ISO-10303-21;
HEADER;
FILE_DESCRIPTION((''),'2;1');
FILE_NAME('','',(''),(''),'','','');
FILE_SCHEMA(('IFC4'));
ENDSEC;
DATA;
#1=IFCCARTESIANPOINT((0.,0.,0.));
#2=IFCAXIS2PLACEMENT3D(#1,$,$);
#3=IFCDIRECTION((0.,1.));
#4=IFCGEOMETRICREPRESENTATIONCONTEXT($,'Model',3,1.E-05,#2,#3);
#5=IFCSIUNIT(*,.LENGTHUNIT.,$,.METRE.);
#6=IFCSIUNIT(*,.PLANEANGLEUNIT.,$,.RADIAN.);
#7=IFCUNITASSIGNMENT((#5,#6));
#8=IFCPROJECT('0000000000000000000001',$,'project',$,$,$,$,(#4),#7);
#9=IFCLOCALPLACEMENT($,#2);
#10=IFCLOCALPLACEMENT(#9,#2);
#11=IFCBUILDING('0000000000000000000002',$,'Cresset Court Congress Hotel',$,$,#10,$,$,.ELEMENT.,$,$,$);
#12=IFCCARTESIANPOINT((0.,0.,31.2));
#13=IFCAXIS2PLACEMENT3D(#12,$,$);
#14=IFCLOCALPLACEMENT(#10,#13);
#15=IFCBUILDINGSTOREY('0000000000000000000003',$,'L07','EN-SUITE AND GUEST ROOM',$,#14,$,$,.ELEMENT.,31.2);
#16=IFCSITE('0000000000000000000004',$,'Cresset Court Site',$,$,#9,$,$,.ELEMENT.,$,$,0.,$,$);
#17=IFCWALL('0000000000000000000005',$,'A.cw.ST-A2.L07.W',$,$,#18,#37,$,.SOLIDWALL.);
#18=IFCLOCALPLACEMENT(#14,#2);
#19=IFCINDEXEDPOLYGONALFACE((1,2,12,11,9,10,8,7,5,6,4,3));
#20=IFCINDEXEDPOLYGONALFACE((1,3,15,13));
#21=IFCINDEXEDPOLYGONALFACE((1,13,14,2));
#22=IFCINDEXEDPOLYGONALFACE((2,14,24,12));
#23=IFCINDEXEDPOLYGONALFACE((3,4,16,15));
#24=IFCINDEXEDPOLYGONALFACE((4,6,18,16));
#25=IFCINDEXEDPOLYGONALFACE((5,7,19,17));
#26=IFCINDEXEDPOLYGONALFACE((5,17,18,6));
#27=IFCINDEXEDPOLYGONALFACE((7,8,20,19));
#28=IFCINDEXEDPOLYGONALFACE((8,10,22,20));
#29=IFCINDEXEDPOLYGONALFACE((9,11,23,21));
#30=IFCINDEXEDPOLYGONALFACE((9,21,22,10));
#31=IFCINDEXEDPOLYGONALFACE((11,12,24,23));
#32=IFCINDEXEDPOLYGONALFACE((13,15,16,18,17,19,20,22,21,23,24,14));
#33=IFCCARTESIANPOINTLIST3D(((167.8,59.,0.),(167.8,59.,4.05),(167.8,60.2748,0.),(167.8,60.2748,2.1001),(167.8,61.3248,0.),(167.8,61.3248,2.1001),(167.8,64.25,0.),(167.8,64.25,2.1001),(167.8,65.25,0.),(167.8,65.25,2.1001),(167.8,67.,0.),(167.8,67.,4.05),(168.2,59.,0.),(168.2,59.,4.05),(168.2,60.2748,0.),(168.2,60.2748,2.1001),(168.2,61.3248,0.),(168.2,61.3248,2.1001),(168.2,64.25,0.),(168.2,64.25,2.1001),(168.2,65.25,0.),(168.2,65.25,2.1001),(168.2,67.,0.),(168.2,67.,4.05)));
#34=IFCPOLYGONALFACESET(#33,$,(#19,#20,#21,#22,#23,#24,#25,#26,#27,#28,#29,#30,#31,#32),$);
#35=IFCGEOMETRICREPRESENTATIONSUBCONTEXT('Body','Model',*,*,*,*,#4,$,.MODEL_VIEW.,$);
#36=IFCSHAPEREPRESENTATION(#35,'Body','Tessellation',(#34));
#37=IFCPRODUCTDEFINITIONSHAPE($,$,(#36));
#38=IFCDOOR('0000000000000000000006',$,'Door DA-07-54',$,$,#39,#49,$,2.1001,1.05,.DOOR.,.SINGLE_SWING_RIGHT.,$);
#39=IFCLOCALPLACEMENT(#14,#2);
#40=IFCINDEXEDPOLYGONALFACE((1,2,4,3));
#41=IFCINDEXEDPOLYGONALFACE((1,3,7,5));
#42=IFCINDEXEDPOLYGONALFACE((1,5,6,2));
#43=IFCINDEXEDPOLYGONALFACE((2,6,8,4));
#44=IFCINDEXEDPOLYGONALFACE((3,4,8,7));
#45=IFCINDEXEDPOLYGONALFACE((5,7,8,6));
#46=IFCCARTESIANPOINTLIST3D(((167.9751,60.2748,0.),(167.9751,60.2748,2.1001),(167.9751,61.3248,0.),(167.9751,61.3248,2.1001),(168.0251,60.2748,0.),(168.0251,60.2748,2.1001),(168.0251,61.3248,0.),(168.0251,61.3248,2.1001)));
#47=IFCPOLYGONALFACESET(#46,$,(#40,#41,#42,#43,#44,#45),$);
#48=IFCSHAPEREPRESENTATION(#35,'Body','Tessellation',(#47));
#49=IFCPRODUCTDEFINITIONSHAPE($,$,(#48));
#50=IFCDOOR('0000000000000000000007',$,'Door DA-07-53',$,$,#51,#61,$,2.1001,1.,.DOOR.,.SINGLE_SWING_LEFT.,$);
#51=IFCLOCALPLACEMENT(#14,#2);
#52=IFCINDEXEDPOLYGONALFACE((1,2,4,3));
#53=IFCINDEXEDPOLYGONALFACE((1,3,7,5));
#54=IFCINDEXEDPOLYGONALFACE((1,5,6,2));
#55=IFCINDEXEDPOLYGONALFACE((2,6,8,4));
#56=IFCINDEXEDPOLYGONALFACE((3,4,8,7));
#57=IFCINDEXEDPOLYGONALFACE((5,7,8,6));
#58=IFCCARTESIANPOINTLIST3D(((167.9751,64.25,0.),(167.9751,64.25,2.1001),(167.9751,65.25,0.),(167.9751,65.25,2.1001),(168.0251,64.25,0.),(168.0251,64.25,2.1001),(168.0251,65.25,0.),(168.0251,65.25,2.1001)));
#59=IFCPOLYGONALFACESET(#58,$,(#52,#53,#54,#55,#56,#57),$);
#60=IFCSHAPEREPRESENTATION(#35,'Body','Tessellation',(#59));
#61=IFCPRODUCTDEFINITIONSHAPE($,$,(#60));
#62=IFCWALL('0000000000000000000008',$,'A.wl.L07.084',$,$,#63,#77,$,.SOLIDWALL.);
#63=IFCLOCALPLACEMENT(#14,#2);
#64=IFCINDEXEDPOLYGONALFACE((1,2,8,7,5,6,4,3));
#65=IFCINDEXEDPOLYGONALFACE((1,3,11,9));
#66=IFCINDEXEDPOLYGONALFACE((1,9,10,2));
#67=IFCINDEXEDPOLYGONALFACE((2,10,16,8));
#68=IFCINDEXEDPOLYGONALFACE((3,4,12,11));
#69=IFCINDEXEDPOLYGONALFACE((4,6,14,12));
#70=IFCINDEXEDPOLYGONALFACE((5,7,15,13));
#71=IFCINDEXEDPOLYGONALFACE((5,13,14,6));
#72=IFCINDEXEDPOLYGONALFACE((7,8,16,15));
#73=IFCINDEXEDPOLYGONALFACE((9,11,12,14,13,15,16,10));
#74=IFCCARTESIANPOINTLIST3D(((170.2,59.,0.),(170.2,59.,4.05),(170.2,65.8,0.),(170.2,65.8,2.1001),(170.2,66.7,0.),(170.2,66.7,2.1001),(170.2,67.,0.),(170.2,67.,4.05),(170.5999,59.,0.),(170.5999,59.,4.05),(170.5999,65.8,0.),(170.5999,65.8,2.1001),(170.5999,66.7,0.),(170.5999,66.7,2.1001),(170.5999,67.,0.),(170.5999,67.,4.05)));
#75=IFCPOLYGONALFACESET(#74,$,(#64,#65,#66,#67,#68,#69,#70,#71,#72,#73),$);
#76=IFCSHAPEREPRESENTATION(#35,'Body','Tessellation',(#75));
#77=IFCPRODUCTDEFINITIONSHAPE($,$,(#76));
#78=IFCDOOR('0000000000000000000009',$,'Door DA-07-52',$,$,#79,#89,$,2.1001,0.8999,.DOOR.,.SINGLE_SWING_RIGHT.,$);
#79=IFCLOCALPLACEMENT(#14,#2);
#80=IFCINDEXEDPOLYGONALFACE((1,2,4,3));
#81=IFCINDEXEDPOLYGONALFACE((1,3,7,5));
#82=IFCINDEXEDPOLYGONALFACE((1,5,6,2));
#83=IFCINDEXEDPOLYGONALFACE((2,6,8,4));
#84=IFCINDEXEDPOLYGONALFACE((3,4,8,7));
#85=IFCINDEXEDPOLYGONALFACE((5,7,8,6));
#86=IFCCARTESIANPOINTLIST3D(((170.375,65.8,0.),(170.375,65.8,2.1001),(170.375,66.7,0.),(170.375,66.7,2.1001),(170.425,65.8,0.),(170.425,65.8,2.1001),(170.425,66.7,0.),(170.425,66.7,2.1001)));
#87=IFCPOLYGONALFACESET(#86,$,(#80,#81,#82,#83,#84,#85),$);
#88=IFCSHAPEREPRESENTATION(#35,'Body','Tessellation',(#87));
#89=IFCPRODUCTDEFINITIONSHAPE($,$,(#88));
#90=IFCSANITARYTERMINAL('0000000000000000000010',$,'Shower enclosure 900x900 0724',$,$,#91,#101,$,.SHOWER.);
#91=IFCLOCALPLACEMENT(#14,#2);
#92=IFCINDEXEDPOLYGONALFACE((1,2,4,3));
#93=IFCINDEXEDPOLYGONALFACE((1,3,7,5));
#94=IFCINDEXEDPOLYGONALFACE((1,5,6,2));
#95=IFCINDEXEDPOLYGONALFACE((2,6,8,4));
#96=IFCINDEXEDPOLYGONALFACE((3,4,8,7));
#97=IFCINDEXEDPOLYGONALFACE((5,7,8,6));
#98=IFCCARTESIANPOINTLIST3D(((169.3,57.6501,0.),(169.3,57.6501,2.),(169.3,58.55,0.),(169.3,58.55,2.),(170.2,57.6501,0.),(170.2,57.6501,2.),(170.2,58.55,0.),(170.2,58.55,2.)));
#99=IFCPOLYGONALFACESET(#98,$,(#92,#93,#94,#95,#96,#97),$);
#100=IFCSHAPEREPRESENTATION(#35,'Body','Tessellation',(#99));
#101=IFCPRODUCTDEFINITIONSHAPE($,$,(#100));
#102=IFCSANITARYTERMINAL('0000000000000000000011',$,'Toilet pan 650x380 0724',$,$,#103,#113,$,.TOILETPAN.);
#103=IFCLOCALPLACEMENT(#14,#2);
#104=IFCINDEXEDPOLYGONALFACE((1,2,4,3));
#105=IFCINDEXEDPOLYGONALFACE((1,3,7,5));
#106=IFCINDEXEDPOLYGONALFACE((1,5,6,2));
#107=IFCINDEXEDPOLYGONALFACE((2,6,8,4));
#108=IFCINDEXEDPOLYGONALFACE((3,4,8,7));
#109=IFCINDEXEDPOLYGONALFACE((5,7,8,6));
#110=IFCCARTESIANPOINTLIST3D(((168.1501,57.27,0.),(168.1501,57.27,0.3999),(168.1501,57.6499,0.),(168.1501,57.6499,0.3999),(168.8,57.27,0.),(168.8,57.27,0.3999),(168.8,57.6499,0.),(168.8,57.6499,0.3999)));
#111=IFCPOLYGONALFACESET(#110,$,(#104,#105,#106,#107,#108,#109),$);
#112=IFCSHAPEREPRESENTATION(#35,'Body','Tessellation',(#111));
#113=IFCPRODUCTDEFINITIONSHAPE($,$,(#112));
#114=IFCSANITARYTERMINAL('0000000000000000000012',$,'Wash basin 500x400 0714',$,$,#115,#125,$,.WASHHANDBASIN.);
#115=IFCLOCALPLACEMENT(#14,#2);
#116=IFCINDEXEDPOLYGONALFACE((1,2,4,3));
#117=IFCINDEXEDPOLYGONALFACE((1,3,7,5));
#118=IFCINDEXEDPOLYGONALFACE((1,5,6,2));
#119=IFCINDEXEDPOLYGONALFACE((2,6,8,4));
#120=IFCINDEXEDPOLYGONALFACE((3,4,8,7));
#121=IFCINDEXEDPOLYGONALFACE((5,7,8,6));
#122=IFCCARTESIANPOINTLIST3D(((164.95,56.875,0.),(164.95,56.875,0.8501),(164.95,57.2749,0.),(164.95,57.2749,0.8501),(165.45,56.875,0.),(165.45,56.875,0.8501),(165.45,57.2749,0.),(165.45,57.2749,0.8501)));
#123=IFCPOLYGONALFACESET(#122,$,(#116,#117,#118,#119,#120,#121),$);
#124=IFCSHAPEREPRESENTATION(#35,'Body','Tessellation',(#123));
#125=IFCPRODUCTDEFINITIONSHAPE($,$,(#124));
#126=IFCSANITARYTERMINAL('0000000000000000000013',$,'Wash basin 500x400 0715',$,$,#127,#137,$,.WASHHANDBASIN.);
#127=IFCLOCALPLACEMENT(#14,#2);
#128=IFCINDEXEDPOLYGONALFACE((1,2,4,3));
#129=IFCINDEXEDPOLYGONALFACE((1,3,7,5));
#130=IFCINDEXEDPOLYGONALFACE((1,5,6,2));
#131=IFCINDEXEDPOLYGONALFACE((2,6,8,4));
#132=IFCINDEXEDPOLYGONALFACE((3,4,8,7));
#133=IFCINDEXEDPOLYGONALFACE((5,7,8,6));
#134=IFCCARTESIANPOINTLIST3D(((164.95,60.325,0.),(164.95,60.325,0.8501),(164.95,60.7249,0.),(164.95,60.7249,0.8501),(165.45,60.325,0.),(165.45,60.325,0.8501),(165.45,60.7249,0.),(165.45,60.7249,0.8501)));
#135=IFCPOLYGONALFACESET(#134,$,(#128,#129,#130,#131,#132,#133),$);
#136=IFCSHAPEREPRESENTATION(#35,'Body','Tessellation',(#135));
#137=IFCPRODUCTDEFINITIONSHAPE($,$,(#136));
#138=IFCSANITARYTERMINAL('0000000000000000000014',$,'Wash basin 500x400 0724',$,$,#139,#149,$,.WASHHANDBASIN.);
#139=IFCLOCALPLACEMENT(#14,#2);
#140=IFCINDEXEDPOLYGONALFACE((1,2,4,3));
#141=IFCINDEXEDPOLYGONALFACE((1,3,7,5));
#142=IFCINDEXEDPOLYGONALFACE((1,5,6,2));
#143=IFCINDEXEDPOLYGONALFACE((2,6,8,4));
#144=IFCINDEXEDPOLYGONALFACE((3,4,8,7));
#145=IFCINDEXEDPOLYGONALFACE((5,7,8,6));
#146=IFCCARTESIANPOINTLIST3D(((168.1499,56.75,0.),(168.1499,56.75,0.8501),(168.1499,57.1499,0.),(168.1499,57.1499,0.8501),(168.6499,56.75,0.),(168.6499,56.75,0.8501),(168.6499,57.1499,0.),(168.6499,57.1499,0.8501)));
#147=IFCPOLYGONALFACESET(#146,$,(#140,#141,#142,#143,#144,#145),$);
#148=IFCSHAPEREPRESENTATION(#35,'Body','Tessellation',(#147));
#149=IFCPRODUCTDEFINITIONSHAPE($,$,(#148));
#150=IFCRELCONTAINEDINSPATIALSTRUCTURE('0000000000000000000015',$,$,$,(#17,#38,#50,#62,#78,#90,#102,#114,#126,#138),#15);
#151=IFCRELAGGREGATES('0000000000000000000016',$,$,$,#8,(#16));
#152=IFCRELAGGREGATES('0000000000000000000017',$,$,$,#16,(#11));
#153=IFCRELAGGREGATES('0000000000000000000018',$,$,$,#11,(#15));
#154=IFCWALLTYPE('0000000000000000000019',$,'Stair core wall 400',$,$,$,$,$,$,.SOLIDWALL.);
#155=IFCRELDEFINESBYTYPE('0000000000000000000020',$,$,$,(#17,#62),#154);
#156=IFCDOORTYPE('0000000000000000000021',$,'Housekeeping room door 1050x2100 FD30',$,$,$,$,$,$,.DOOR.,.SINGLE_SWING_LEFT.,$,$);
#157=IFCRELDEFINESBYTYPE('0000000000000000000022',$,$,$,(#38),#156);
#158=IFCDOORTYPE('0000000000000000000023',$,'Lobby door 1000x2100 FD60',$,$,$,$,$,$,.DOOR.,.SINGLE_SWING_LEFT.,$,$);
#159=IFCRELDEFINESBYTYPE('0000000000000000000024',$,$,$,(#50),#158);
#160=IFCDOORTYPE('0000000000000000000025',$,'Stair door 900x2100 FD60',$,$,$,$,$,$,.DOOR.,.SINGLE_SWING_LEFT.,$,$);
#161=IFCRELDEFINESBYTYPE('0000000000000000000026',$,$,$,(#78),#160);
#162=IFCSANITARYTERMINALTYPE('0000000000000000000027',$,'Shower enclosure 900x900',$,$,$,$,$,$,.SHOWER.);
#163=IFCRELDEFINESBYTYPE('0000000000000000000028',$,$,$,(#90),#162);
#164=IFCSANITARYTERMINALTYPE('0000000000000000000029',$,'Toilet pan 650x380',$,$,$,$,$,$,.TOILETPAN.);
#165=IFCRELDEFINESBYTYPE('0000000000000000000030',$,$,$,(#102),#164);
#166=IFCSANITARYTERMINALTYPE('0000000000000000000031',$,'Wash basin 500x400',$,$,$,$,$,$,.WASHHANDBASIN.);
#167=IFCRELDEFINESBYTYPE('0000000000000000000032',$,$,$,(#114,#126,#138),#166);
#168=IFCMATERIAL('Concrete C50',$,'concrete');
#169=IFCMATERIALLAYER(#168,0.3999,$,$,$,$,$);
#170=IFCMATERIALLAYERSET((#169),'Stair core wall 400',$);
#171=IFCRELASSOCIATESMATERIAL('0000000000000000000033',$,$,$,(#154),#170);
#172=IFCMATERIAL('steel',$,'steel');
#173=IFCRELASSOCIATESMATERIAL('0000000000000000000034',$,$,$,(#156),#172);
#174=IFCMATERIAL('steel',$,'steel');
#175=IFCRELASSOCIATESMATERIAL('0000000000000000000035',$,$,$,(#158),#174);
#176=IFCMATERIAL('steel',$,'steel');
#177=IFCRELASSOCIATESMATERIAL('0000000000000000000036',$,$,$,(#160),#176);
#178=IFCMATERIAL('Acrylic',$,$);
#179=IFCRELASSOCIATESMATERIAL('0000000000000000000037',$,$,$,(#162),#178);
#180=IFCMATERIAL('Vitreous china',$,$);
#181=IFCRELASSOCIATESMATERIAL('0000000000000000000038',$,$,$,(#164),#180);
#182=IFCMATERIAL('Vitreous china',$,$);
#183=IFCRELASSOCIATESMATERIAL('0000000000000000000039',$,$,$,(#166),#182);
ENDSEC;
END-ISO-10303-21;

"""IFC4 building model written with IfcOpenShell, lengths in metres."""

from ifc_helpers import new_model, si_unit, direction, frame, frame_2d, origin, origin_2d, place, context, subcontext, project, spatial, rectangle, extrude, material, layer, layer_set, type_object, element, fill, save


model = new_model("IFC4")

# Units and contexts
model_context = context("Model", 3, precision=1e-05, world=origin(), true_north=direction((0.0, 1.0)))
body_context = subcontext(model_context, "Body", "Model", "MODEL_VIEW")
ifc_project = project(units=[si_unit("LENGTHUNIT", "METRE"), si_unit("PLANEANGLEUNIT", "RADIAN")], contexts=[model_context])

# Site, building, storey
site_placement = place(None, origin())
site = spatial("IfcSite", under=ifc_project, at=site_placement, Name="Cresset Court Site", CompositionType="ELEMENT", RefElevation=0.0)
building_placement = place(site_placement, origin())
building = spatial("IfcBuilding", under=site, at=building_placement, Name="Cresset Court Congress Hotel", CompositionType="ELEMENT")
storey_placement = place(building_placement, frame((0.0, 0.0, 31.2)))
storey = spatial("IfcBuildingStorey", under=building, at=storey_placement, Name="L07", Description="EN-SUITE AND GUEST ROOM", CompositionType="ELEMENT", Elevation=31.2)

# Shared definitions
ifc_material_1 = material(Name="Concrete C50", Category="concrete")
ifc_layer_1 = layer(ifc_material_1, 0.3999)
ifc_layer_set_1 = layer_set([ifc_layer_1], Name="Stair core wall 400")
wall_type_1 = type_object("IfcWallType", Name="Stair core wall 400", PredefinedType="SOLIDWALL", material=ifc_layer_set_1)

# Wall, openings, doors
wall_1_placement = place(storey_placement, frame((168.0, 59.0, 0.0), z_axis=(0.0, 0.0, 1.0), x_axis=(0.0, 1.0, 0.0)))
wall_1 = element("IfcWall", 1, at=wall_1_placement, inside=storey, type_object=wall_type_1, Name="A.cw.ST-A2.L07.W", PredefinedType="SOLIDWALL", context=body_context, shape_type="SweptSolid", body=[
    extrude(rectangle(XDim=8.0, YDim=0.3999, at=frame_2d((4.0, 0.0))), origin(), (0.0, 0.0, 1.0), 4.05),
])
opening_1_placement = place(wall_1_placement, frame((5.25, 0.0, 0.0)))
opening_1 = element("IfcOpeningElement", 2, at=opening_1_placement, cuts=wall_1, PredefinedType="OPENING", context=body_context, shape_type="SweptSolid", body=[
    extrude(rectangle(XDim=1.0, YDim=2.1001, at=frame_2d((0.5, 1.05))), frame((0.0, 0.21, 0.0), z_axis=(0.0, -1.0, 0.0), x_axis=(1.0, 0.0, 0.0)), (0.0, 0.0, 1.0), 0.4199),
])
opening_2_placement = place(wall_1_placement, frame((1.2749, 0.0, 0.0)))
opening_2 = element("IfcOpeningElement", 3, at=opening_2_placement, cuts=wall_1, PredefinedType="OPENING", context=body_context, shape_type="SweptSolid", body=[
    extrude(rectangle(XDim=1.05, YDim=2.1001, at=frame_2d((0.5249, 1.05))), frame((0.0, 0.21, 0.0), z_axis=(0.0, -1.0, 0.0), x_axis=(1.0, 0.0, 0.0)), (0.0, 0.0, 1.0), 0.4199),
])
ifc_material_2 = material(Name="steel", Category="steel")
door_type_1 = type_object("IfcDoorType", Name="Housekeeping room door 1050x2100 FD30", OperationType="SINGLE_SWING_LEFT", PredefinedType="DOOR", material=ifc_material_2)
door_1_placement = place(opening_2_placement, origin())
door_1 = element("IfcDoor", 4, at=door_1_placement, inside=storey, type_object=door_type_1, Name="Door DA-07-54", OperationType="SINGLE_SWING_RIGHT", OverallHeight=2.1001, OverallWidth=1.05, PredefinedType="DOOR", context=body_context, shape_type="SweptSolid", body=[
    extrude(rectangle(XDim=1.05, YDim=2.1001, at=frame_2d((0.5249, 1.05))), frame((0.0, 0.0249, 0.0), z_axis=(0.0, -1.0, 0.0), x_axis=(1.0, 0.0, 0.0)), (0.0, 0.0, 1.0), 0.05),
])
fill(opening_2, door_1)
ifc_material_3 = material(Name="steel", Category="steel")
door_type_2 = type_object("IfcDoorType", Name="Lobby door 1000x2100 FD60", OperationType="SINGLE_SWING_LEFT", PredefinedType="DOOR", material=ifc_material_3)
door_2_placement = place(opening_1_placement, origin())
door_2 = element("IfcDoor", 5, at=door_2_placement, inside=storey, type_object=door_type_2, Name="Door DA-07-53", OperationType="SINGLE_SWING_LEFT", OverallHeight=2.1001, OverallWidth=1.0, PredefinedType="DOOR", context=body_context, shape_type="SweptSolid", body=[
    extrude(rectangle(XDim=1.0, YDim=2.1001, at=frame_2d((0.5, 1.05))), frame((0.0, 0.0249, 0.0), z_axis=(0.0, -1.0, 0.0), x_axis=(1.0, 0.0, 0.0)), (0.0, 0.0, 1.0), 0.05),
])
fill(opening_1, door_2)

# Wall, opening, door
wall_2_placement = place(storey_placement, frame((170.3999, 59.0, 0.0), z_axis=(0.0, 0.0, 1.0), x_axis=(0.0, 1.0, 0.0)))
wall_2 = element("IfcWall", 6, at=wall_2_placement, inside=storey, type_object=wall_type_1, Name="A.wl.L07.084", PredefinedType="SOLIDWALL", context=body_context, shape_type="SweptSolid", body=[
    extrude(rectangle(XDim=8.0, YDim=0.3999, at=frame_2d((4.0, 0.0))), origin(), (0.0, 0.0, 1.0), 4.05),
])
opening_3_placement = place(wall_2_placement, frame((6.8, 0.0, 0.0)))
opening_3 = element("IfcOpeningElement", 7, at=opening_3_placement, cuts=wall_2, PredefinedType="OPENING", context=body_context, shape_type="SweptSolid", body=[
    extrude(rectangle(XDim=0.8999, YDim=2.1001, at=frame_2d((0.45, 1.05))), frame((0.0, 0.21, 0.0), z_axis=(0.0, -1.0, 0.0), x_axis=(1.0, 0.0, 0.0)), (0.0, 0.0, 1.0), 0.4199),
])
ifc_material_4 = material(Name="steel", Category="steel")
door_type_3 = type_object("IfcDoorType", Name="Stair door 900x2100 FD60", OperationType="SINGLE_SWING_LEFT", PredefinedType="DOOR", material=ifc_material_4)
door_3_placement = place(opening_3_placement, origin())
door_3 = element("IfcDoor", 8, at=door_3_placement, inside=storey, type_object=door_type_3, Name="Door DA-07-52", OperationType="SINGLE_SWING_RIGHT", OverallHeight=2.1001, OverallWidth=0.8999, PredefinedType="DOOR", context=body_context, shape_type="SweptSolid", body=[
    extrude(rectangle(XDim=0.8999, YDim=2.1001, at=frame_2d((0.45, 1.05))), frame((0.0, 0.0249, 0.0), z_axis=(0.0, -1.0, 0.0), x_axis=(1.0, 0.0, 0.0)), (0.0, 0.0, 1.0), 0.05),
])
fill(opening_3, door_3)

# Sanitary terminals
ifc_material_5 = material(Name="Acrylic")
sanitary_terminal_type_1 = type_object("IfcSanitaryTerminalType", Name="Shower enclosure 900x900", PredefinedType="SHOWER", material=ifc_material_5)
sanitary_terminal_1_placement = place(storey_placement, frame((169.75, 58.1001, 0.0), z_axis=(0.0, 0.0, 1.0), x_axis=(1.0, 0.0, 0.0)))
element("IfcSanitaryTerminal", 9, at=sanitary_terminal_1_placement, inside=storey, type_object=sanitary_terminal_type_1, Name="Shower enclosure 900x900 0724", PredefinedType="SHOWER", context=body_context, shape_type="SweptSolid", body=[
    extrude(rectangle(XDim=0.8999, YDim=0.8999, at=origin_2d()), origin(), (0.0, 0.0, 1.0), 2.0),
])
ifc_material_6 = material(Name="Vitreous china")
sanitary_terminal_type_2 = type_object("IfcSanitaryTerminalType", Name="Toilet pan 650x380", PredefinedType="TOILETPAN", material=ifc_material_6)
sanitary_terminal_2_placement = place(storey_placement, frame((168.4751, 57.46, 0.0), z_axis=(0.0, 0.0, 1.0), x_axis=(1.0, 0.0, 0.0)))
element("IfcSanitaryTerminal", 10, at=sanitary_terminal_2_placement, inside=storey, type_object=sanitary_terminal_type_2, Name="Toilet pan 650x380 0724", PredefinedType="TOILETPAN", context=body_context, shape_type="SweptSolid", body=[
    extrude(rectangle(XDim=0.6499, YDim=0.3799, at=origin_2d()), origin(), (0.0, 0.0, 1.0), 0.3999),
])
ifc_material_7 = material(Name="Vitreous china")
sanitary_terminal_type_3 = type_object("IfcSanitaryTerminalType", Name="Wash basin 500x400", PredefinedType="WASHHANDBASIN", material=ifc_material_7)
for number, where, z_axis, x_axis, name in (
    (11, (165.2, 57.075, 0.0), (0.0, 0.0, 1.0), (1.0, 0.0, 0.0), "Wash basin 500x400 0714"),
    (12, (165.2, 60.5249, 0.0), (0.0, 0.0, 1.0), (1.0, 0.0, 0.0), "Wash basin 500x400 0715"),
    (13, (168.3999, 56.95, 0.0), (0.0, 0.0, 1.0), (1.0, 0.0, 0.0), "Wash basin 500x400 0724"),
):
    element("IfcSanitaryTerminal", number, at=place(storey_placement, frame(where, z_axis=z_axis, x_axis=x_axis)), inside=storey, type_object=sanitary_terminal_type_3, Name=name, PredefinedType="WASHHANDBASIN", context=body_context, shape_type="SweptSolid", body=[
        extrude(rectangle(XDim=0.5, YDim=0.3999, at=origin_2d()), origin(), (0.0, 0.0, 1.0), 0.8501),
    ])

save(model, "model.ifc")
